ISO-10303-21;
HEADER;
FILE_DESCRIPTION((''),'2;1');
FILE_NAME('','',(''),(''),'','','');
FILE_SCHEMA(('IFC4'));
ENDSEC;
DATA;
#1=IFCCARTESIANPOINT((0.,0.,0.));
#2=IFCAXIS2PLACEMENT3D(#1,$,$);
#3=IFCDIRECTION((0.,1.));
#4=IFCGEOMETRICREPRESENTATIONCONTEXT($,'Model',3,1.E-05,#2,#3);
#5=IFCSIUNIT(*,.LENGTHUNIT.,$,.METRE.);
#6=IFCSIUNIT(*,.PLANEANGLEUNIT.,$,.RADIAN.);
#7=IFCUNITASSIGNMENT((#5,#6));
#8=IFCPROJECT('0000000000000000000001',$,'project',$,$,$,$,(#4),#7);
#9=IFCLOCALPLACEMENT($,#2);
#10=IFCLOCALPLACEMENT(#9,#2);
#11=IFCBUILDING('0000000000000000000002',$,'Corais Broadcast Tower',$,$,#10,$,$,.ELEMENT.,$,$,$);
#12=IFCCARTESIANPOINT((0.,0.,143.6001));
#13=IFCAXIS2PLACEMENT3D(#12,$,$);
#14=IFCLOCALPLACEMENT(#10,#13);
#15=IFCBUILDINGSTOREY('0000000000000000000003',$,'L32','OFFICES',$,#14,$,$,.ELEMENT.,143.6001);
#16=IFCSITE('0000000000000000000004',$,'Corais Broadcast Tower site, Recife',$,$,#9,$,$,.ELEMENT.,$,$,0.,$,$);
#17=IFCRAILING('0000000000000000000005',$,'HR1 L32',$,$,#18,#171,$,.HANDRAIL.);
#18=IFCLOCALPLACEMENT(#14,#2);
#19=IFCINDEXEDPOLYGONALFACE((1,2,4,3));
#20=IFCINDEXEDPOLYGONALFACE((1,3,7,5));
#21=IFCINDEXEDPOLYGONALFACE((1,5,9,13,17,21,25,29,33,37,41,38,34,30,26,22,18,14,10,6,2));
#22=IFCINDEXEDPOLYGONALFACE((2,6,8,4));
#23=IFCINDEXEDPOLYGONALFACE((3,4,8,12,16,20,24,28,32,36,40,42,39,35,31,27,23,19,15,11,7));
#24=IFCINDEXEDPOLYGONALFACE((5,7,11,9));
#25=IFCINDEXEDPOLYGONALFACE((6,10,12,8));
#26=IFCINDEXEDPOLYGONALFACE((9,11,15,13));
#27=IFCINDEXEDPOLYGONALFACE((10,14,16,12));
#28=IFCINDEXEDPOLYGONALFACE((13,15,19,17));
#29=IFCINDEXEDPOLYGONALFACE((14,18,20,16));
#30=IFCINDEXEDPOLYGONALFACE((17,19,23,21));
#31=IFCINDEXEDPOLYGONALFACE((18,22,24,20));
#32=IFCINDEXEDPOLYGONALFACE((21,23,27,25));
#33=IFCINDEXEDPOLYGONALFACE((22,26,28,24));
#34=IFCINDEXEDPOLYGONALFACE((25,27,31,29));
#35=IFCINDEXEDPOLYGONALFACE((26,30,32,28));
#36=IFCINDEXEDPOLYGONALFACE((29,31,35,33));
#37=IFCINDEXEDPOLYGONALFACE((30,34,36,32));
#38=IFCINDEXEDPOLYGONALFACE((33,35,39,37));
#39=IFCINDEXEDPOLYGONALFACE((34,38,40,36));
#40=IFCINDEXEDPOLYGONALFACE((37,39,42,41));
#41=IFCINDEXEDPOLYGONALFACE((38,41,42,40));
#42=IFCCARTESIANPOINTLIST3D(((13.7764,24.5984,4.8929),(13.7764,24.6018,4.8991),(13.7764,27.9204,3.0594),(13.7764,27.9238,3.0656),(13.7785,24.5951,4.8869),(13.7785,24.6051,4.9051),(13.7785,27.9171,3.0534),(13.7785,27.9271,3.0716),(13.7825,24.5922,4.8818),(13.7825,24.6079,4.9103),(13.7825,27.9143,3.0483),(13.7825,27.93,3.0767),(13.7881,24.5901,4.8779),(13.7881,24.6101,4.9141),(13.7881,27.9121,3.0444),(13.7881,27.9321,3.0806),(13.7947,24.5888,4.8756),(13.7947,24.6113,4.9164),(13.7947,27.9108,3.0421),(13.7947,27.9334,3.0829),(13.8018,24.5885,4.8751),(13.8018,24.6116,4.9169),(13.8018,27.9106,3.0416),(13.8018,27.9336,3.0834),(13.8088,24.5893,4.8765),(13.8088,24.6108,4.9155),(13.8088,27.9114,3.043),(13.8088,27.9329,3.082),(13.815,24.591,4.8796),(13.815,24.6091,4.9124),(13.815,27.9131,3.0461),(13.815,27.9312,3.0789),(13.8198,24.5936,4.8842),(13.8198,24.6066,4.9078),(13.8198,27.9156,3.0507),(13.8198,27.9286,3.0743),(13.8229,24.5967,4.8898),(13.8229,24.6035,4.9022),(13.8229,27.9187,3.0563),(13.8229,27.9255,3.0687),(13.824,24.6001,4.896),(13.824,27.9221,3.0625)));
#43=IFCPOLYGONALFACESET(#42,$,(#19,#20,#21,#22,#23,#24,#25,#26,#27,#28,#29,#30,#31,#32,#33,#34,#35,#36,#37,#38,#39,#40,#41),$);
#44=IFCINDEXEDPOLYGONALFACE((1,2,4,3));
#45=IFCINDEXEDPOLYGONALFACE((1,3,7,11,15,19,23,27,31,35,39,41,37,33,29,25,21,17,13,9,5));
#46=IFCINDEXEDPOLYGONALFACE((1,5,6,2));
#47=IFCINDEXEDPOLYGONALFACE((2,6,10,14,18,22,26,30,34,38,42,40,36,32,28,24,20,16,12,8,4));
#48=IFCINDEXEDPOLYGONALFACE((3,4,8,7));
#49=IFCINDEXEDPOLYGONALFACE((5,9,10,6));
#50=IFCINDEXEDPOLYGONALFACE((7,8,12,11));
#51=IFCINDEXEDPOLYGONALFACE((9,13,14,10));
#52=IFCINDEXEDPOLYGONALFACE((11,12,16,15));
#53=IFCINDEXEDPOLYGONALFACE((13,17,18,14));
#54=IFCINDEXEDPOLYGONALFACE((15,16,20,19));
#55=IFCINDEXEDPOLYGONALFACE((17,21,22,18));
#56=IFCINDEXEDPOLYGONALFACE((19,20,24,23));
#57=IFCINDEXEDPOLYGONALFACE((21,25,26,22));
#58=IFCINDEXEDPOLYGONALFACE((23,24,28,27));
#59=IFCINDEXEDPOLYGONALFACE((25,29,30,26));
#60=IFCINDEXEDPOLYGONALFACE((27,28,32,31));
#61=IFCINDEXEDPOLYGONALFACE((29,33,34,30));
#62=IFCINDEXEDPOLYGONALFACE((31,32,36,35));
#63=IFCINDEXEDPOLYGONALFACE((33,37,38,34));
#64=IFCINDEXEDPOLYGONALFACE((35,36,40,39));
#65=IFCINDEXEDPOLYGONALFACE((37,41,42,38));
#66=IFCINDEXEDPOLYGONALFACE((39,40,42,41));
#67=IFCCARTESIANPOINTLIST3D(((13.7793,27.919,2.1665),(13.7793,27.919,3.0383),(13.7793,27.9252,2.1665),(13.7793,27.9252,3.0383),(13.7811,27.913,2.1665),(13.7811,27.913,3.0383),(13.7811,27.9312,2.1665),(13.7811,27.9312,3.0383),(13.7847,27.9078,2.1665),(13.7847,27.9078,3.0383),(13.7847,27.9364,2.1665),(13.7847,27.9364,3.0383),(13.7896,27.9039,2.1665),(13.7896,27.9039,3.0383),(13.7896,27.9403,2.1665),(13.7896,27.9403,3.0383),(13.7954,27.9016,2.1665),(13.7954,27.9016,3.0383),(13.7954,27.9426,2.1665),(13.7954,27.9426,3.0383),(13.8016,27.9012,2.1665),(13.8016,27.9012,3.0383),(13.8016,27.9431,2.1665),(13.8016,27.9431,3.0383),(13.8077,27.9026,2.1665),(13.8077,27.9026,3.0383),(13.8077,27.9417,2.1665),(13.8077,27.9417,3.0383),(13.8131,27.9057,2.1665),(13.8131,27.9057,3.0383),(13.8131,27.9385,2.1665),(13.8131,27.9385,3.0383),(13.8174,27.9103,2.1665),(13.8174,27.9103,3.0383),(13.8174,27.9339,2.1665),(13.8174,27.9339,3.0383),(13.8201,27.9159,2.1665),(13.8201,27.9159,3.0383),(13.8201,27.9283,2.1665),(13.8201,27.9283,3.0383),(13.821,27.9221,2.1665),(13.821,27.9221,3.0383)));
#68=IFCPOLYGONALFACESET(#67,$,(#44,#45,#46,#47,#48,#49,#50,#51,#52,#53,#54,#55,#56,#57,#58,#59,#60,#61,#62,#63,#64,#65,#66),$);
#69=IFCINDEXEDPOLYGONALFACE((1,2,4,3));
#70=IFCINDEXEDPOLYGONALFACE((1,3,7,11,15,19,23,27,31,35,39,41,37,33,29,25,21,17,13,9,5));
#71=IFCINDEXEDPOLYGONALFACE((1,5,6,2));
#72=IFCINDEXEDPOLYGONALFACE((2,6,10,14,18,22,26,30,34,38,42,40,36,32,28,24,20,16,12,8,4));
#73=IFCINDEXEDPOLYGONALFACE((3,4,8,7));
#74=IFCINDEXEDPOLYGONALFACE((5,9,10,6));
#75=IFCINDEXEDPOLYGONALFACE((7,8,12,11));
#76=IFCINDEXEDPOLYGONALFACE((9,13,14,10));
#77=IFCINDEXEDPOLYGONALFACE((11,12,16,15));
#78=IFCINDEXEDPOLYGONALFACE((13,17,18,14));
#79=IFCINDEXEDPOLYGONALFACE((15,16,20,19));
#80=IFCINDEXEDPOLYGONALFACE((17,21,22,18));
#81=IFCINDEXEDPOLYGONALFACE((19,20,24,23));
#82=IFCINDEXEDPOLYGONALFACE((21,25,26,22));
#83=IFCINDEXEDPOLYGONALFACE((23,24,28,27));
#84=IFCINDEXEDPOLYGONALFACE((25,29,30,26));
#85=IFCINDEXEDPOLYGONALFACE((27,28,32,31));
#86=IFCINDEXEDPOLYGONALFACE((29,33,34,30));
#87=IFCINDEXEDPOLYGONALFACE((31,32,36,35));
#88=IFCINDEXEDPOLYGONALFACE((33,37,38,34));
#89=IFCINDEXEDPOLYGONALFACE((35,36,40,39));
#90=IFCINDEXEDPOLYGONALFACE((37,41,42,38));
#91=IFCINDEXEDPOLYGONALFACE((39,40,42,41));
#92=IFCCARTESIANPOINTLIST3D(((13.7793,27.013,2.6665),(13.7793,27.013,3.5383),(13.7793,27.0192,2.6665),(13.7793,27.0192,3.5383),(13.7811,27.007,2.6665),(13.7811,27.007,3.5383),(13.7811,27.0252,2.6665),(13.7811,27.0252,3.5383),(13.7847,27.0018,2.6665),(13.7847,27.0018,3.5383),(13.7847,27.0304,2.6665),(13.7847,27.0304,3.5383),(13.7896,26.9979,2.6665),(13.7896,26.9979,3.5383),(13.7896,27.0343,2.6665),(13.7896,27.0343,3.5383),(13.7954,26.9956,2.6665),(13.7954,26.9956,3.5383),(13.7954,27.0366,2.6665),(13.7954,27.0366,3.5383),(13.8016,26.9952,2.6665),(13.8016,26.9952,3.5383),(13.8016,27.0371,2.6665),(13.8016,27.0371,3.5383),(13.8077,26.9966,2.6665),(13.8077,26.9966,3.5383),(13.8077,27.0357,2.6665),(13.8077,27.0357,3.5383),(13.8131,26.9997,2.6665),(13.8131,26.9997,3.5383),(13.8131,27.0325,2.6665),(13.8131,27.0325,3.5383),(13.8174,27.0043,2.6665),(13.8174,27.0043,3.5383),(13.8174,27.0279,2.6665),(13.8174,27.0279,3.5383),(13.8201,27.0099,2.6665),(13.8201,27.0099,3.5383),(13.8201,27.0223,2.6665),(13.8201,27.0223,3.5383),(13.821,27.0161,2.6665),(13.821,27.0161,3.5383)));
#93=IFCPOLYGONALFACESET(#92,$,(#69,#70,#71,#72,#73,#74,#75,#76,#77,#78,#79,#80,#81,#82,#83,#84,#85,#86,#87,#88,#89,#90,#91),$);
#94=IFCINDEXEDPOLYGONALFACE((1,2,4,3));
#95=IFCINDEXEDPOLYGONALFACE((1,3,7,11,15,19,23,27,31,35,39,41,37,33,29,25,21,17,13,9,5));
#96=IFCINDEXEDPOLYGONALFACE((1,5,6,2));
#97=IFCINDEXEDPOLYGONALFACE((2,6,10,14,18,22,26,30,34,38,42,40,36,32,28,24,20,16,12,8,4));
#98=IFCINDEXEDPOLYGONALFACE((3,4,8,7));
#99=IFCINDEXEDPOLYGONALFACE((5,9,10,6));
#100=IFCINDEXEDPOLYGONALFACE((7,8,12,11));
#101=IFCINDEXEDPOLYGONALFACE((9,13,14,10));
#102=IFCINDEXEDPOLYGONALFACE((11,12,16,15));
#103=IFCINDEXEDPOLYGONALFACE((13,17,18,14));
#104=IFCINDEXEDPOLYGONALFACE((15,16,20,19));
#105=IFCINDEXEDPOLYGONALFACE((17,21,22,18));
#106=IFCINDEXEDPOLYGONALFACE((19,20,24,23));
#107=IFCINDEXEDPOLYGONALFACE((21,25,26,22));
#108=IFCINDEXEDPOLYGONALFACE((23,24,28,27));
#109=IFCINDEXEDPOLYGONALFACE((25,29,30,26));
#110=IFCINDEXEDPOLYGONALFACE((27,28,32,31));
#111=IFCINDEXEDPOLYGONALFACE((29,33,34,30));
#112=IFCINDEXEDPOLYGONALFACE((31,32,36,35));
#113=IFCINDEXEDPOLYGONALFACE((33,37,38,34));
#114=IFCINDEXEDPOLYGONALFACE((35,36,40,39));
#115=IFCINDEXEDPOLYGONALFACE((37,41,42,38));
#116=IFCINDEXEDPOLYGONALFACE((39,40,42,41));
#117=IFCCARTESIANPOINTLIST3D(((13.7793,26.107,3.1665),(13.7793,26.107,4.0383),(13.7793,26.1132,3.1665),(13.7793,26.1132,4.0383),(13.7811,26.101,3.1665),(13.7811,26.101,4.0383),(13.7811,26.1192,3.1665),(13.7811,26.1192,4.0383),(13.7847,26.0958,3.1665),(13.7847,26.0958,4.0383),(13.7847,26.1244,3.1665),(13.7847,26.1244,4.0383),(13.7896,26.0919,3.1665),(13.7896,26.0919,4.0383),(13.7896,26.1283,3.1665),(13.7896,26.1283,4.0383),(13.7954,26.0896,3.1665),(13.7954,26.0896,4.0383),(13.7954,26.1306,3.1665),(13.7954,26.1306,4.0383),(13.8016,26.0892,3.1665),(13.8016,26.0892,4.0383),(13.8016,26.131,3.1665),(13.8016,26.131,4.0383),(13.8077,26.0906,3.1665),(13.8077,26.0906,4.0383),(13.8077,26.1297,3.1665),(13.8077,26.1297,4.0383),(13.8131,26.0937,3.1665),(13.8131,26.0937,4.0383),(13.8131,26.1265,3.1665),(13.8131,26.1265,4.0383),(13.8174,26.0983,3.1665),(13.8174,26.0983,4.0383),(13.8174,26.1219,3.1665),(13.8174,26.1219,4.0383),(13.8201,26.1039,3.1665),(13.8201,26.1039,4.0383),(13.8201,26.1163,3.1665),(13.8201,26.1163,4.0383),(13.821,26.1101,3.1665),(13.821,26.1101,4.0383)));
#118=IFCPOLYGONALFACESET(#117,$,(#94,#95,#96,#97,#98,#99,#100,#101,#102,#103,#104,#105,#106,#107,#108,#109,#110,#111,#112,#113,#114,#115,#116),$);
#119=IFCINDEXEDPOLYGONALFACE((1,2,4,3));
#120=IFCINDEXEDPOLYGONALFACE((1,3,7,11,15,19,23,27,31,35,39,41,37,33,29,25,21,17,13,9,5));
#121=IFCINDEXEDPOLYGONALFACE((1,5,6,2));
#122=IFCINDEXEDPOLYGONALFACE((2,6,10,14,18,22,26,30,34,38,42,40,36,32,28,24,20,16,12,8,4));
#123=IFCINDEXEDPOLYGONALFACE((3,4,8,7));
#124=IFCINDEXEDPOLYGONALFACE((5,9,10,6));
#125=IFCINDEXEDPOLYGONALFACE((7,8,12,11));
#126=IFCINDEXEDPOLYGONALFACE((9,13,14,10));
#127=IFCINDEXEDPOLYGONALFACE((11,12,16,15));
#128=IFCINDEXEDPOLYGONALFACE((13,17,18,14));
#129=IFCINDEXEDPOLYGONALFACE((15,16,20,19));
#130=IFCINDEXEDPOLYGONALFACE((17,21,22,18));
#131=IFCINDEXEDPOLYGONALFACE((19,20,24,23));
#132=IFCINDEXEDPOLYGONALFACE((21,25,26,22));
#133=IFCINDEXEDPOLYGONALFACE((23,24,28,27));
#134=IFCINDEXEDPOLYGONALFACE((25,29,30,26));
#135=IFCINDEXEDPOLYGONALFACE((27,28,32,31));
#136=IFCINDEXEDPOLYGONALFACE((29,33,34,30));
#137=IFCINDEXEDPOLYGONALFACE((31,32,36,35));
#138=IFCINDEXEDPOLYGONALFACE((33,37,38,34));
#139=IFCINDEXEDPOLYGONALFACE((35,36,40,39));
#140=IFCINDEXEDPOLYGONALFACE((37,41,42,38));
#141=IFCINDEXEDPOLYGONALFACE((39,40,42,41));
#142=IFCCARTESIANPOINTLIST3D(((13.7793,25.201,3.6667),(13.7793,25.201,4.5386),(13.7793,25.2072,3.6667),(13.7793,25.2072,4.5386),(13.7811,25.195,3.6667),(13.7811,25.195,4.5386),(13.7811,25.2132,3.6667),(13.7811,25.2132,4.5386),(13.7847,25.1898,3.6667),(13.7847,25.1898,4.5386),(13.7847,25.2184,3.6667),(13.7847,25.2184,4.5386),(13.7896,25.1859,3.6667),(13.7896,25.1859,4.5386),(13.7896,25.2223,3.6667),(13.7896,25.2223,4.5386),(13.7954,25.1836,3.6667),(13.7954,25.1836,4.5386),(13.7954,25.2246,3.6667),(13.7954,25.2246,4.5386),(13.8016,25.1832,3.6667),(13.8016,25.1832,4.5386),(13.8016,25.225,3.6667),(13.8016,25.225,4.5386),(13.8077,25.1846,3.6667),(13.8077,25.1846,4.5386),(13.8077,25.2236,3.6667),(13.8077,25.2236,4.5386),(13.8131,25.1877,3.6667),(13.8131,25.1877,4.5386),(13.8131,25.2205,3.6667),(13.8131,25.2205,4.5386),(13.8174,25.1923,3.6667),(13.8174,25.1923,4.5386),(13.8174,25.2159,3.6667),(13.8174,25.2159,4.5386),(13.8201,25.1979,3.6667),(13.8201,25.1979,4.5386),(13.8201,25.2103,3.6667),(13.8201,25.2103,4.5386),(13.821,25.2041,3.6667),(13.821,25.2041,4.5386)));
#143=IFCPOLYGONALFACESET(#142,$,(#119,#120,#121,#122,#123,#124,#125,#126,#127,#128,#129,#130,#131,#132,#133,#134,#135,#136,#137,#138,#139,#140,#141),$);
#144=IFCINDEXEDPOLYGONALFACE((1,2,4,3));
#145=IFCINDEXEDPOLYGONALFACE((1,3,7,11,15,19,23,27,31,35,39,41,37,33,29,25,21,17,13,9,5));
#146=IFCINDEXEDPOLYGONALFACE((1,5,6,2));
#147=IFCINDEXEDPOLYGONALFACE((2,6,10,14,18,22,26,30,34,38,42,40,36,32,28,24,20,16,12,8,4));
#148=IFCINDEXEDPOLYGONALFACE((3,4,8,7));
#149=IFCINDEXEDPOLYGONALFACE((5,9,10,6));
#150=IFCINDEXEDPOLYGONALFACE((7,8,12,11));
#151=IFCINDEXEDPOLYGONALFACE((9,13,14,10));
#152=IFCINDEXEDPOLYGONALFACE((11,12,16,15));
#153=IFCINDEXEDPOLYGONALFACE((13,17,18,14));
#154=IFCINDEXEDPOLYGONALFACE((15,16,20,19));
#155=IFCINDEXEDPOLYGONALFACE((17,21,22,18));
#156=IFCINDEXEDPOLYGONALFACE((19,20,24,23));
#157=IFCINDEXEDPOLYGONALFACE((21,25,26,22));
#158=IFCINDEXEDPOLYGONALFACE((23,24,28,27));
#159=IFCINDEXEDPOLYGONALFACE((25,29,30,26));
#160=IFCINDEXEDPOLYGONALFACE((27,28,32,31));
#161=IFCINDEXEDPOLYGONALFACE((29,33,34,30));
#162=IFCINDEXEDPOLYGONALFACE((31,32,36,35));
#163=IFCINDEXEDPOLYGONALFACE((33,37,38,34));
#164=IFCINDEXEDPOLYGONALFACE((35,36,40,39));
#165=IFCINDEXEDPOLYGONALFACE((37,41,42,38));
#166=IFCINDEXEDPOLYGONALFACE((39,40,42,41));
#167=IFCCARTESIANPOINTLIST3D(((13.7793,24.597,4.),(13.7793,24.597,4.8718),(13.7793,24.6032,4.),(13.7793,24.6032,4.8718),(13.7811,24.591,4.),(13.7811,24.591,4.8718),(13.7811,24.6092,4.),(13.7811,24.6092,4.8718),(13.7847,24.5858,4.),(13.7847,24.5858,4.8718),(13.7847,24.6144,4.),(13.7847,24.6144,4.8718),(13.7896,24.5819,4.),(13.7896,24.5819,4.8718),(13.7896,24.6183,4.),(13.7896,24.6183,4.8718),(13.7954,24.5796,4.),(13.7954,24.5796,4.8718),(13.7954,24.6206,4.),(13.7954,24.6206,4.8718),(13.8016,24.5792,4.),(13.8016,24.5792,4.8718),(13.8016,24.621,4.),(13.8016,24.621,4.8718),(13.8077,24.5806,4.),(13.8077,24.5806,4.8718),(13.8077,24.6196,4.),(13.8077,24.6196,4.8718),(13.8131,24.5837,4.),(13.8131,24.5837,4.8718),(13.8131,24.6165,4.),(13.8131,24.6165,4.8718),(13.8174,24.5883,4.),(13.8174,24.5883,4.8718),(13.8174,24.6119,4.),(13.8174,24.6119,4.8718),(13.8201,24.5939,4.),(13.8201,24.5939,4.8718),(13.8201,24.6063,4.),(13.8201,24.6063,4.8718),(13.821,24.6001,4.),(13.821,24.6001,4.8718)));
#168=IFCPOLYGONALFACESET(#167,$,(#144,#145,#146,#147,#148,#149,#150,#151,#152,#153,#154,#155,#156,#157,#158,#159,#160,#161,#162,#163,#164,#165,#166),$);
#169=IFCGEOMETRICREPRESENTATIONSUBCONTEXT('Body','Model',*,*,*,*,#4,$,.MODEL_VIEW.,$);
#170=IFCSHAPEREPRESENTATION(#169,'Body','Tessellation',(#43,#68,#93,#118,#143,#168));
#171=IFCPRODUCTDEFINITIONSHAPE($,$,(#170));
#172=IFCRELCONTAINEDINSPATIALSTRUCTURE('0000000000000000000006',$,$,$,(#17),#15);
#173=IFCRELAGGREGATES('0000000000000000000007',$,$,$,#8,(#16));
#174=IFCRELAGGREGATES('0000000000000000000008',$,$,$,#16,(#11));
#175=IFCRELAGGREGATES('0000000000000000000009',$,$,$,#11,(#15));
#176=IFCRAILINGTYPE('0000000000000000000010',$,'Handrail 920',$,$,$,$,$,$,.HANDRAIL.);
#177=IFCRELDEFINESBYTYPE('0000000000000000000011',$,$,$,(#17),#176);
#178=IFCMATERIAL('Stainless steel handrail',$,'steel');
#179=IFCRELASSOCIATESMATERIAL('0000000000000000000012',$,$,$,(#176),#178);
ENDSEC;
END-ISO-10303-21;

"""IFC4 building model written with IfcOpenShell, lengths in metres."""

from ifc_helpers import new_model, si_unit, direction, frame, origin, origin_2d, place, context, subcontext, project, spatial, circle, extrude, material, type_object, element, save


model = new_model("IFC4")

# Units and contexts
model_context = context("Model", 3, precision=1e-05, world=origin(), true_north=direction((0.0, 1.0)))
body_context = subcontext(model_context, "Body", "Model", "MODEL_VIEW")
ifc_project = project(units=[si_unit("LENGTHUNIT", "METRE"), si_unit("PLANEANGLEUNIT", "RADIAN")], contexts=[model_context])

# Site, building, storey
site_placement = place(None, origin())
site = spatial("IfcSite", under=ifc_project, at=site_placement, Name="Corais Broadcast Tower site, Recife", CompositionType="ELEMENT", RefElevation=0.0)
building_placement = place(site_placement, origin())
building = spatial("IfcBuilding", under=site, at=building_placement, Name="Corais Broadcast Tower", CompositionType="ELEMENT")
storey_placement = place(building_placement, frame((0.0, 0.0, 143.6001)))
storey = spatial("IfcBuildingStorey", under=building, at=storey_placement, Name="L32", Description="OFFICES", CompositionType="ELEMENT", Elevation=143.6001)

# Railing
ifc_material_1 = material(Name="Stainless steel handrail", Category="steel")
railing_type = type_object("IfcRailingType", Name="Handrail 920", PredefinedType="HANDRAIL", material=ifc_material_1)
for number, where, name in (
    (1, (13.8, 27.9221, 2.1665), "HR1 L32"),
):
    element("IfcRailing", number, at=place(storey_placement, frame(where)), inside=storey, type_object=railing_type, Name=name, PredefinedType="HANDRAIL", context=body_context, shape_type="SweptSolid", body=[
        extrude(circle(Radius=0.0239, at=origin_2d()), frame((0.0, 0.0, 0.896), z_axis=(0.0, -0.875504, 0.48321), x_axis=(1.0, 0.0, 0.0)), (0.0, 0.0, 1.0), 3.7944),
        extrude(circle(Radius=0.021, at=origin_2d()), origin(), (0.0, 0.0, 1.0), 0.8718),
        extrude(circle(Radius=0.021, at=origin_2d()), frame((0.0, -0.906, 0.5)), (0.0, 0.0, 1.0), 0.8718),
        extrude(circle(Radius=0.021, at=origin_2d()), frame((0.0, -1.812, 1.0)), (0.0, 0.0, 1.0), 0.8718),
        extrude(circle(Radius=0.021, at=origin_2d()), frame((0.0, -2.718, 1.5002)), (0.0, 0.0, 1.0), 0.8718),
        extrude(circle(Radius=0.021, at=origin_2d()), frame((0.0, -3.322, 1.8335)), (0.0, 0.0, 1.0), 0.8718),
    ])

save(model, "model.ifc")
